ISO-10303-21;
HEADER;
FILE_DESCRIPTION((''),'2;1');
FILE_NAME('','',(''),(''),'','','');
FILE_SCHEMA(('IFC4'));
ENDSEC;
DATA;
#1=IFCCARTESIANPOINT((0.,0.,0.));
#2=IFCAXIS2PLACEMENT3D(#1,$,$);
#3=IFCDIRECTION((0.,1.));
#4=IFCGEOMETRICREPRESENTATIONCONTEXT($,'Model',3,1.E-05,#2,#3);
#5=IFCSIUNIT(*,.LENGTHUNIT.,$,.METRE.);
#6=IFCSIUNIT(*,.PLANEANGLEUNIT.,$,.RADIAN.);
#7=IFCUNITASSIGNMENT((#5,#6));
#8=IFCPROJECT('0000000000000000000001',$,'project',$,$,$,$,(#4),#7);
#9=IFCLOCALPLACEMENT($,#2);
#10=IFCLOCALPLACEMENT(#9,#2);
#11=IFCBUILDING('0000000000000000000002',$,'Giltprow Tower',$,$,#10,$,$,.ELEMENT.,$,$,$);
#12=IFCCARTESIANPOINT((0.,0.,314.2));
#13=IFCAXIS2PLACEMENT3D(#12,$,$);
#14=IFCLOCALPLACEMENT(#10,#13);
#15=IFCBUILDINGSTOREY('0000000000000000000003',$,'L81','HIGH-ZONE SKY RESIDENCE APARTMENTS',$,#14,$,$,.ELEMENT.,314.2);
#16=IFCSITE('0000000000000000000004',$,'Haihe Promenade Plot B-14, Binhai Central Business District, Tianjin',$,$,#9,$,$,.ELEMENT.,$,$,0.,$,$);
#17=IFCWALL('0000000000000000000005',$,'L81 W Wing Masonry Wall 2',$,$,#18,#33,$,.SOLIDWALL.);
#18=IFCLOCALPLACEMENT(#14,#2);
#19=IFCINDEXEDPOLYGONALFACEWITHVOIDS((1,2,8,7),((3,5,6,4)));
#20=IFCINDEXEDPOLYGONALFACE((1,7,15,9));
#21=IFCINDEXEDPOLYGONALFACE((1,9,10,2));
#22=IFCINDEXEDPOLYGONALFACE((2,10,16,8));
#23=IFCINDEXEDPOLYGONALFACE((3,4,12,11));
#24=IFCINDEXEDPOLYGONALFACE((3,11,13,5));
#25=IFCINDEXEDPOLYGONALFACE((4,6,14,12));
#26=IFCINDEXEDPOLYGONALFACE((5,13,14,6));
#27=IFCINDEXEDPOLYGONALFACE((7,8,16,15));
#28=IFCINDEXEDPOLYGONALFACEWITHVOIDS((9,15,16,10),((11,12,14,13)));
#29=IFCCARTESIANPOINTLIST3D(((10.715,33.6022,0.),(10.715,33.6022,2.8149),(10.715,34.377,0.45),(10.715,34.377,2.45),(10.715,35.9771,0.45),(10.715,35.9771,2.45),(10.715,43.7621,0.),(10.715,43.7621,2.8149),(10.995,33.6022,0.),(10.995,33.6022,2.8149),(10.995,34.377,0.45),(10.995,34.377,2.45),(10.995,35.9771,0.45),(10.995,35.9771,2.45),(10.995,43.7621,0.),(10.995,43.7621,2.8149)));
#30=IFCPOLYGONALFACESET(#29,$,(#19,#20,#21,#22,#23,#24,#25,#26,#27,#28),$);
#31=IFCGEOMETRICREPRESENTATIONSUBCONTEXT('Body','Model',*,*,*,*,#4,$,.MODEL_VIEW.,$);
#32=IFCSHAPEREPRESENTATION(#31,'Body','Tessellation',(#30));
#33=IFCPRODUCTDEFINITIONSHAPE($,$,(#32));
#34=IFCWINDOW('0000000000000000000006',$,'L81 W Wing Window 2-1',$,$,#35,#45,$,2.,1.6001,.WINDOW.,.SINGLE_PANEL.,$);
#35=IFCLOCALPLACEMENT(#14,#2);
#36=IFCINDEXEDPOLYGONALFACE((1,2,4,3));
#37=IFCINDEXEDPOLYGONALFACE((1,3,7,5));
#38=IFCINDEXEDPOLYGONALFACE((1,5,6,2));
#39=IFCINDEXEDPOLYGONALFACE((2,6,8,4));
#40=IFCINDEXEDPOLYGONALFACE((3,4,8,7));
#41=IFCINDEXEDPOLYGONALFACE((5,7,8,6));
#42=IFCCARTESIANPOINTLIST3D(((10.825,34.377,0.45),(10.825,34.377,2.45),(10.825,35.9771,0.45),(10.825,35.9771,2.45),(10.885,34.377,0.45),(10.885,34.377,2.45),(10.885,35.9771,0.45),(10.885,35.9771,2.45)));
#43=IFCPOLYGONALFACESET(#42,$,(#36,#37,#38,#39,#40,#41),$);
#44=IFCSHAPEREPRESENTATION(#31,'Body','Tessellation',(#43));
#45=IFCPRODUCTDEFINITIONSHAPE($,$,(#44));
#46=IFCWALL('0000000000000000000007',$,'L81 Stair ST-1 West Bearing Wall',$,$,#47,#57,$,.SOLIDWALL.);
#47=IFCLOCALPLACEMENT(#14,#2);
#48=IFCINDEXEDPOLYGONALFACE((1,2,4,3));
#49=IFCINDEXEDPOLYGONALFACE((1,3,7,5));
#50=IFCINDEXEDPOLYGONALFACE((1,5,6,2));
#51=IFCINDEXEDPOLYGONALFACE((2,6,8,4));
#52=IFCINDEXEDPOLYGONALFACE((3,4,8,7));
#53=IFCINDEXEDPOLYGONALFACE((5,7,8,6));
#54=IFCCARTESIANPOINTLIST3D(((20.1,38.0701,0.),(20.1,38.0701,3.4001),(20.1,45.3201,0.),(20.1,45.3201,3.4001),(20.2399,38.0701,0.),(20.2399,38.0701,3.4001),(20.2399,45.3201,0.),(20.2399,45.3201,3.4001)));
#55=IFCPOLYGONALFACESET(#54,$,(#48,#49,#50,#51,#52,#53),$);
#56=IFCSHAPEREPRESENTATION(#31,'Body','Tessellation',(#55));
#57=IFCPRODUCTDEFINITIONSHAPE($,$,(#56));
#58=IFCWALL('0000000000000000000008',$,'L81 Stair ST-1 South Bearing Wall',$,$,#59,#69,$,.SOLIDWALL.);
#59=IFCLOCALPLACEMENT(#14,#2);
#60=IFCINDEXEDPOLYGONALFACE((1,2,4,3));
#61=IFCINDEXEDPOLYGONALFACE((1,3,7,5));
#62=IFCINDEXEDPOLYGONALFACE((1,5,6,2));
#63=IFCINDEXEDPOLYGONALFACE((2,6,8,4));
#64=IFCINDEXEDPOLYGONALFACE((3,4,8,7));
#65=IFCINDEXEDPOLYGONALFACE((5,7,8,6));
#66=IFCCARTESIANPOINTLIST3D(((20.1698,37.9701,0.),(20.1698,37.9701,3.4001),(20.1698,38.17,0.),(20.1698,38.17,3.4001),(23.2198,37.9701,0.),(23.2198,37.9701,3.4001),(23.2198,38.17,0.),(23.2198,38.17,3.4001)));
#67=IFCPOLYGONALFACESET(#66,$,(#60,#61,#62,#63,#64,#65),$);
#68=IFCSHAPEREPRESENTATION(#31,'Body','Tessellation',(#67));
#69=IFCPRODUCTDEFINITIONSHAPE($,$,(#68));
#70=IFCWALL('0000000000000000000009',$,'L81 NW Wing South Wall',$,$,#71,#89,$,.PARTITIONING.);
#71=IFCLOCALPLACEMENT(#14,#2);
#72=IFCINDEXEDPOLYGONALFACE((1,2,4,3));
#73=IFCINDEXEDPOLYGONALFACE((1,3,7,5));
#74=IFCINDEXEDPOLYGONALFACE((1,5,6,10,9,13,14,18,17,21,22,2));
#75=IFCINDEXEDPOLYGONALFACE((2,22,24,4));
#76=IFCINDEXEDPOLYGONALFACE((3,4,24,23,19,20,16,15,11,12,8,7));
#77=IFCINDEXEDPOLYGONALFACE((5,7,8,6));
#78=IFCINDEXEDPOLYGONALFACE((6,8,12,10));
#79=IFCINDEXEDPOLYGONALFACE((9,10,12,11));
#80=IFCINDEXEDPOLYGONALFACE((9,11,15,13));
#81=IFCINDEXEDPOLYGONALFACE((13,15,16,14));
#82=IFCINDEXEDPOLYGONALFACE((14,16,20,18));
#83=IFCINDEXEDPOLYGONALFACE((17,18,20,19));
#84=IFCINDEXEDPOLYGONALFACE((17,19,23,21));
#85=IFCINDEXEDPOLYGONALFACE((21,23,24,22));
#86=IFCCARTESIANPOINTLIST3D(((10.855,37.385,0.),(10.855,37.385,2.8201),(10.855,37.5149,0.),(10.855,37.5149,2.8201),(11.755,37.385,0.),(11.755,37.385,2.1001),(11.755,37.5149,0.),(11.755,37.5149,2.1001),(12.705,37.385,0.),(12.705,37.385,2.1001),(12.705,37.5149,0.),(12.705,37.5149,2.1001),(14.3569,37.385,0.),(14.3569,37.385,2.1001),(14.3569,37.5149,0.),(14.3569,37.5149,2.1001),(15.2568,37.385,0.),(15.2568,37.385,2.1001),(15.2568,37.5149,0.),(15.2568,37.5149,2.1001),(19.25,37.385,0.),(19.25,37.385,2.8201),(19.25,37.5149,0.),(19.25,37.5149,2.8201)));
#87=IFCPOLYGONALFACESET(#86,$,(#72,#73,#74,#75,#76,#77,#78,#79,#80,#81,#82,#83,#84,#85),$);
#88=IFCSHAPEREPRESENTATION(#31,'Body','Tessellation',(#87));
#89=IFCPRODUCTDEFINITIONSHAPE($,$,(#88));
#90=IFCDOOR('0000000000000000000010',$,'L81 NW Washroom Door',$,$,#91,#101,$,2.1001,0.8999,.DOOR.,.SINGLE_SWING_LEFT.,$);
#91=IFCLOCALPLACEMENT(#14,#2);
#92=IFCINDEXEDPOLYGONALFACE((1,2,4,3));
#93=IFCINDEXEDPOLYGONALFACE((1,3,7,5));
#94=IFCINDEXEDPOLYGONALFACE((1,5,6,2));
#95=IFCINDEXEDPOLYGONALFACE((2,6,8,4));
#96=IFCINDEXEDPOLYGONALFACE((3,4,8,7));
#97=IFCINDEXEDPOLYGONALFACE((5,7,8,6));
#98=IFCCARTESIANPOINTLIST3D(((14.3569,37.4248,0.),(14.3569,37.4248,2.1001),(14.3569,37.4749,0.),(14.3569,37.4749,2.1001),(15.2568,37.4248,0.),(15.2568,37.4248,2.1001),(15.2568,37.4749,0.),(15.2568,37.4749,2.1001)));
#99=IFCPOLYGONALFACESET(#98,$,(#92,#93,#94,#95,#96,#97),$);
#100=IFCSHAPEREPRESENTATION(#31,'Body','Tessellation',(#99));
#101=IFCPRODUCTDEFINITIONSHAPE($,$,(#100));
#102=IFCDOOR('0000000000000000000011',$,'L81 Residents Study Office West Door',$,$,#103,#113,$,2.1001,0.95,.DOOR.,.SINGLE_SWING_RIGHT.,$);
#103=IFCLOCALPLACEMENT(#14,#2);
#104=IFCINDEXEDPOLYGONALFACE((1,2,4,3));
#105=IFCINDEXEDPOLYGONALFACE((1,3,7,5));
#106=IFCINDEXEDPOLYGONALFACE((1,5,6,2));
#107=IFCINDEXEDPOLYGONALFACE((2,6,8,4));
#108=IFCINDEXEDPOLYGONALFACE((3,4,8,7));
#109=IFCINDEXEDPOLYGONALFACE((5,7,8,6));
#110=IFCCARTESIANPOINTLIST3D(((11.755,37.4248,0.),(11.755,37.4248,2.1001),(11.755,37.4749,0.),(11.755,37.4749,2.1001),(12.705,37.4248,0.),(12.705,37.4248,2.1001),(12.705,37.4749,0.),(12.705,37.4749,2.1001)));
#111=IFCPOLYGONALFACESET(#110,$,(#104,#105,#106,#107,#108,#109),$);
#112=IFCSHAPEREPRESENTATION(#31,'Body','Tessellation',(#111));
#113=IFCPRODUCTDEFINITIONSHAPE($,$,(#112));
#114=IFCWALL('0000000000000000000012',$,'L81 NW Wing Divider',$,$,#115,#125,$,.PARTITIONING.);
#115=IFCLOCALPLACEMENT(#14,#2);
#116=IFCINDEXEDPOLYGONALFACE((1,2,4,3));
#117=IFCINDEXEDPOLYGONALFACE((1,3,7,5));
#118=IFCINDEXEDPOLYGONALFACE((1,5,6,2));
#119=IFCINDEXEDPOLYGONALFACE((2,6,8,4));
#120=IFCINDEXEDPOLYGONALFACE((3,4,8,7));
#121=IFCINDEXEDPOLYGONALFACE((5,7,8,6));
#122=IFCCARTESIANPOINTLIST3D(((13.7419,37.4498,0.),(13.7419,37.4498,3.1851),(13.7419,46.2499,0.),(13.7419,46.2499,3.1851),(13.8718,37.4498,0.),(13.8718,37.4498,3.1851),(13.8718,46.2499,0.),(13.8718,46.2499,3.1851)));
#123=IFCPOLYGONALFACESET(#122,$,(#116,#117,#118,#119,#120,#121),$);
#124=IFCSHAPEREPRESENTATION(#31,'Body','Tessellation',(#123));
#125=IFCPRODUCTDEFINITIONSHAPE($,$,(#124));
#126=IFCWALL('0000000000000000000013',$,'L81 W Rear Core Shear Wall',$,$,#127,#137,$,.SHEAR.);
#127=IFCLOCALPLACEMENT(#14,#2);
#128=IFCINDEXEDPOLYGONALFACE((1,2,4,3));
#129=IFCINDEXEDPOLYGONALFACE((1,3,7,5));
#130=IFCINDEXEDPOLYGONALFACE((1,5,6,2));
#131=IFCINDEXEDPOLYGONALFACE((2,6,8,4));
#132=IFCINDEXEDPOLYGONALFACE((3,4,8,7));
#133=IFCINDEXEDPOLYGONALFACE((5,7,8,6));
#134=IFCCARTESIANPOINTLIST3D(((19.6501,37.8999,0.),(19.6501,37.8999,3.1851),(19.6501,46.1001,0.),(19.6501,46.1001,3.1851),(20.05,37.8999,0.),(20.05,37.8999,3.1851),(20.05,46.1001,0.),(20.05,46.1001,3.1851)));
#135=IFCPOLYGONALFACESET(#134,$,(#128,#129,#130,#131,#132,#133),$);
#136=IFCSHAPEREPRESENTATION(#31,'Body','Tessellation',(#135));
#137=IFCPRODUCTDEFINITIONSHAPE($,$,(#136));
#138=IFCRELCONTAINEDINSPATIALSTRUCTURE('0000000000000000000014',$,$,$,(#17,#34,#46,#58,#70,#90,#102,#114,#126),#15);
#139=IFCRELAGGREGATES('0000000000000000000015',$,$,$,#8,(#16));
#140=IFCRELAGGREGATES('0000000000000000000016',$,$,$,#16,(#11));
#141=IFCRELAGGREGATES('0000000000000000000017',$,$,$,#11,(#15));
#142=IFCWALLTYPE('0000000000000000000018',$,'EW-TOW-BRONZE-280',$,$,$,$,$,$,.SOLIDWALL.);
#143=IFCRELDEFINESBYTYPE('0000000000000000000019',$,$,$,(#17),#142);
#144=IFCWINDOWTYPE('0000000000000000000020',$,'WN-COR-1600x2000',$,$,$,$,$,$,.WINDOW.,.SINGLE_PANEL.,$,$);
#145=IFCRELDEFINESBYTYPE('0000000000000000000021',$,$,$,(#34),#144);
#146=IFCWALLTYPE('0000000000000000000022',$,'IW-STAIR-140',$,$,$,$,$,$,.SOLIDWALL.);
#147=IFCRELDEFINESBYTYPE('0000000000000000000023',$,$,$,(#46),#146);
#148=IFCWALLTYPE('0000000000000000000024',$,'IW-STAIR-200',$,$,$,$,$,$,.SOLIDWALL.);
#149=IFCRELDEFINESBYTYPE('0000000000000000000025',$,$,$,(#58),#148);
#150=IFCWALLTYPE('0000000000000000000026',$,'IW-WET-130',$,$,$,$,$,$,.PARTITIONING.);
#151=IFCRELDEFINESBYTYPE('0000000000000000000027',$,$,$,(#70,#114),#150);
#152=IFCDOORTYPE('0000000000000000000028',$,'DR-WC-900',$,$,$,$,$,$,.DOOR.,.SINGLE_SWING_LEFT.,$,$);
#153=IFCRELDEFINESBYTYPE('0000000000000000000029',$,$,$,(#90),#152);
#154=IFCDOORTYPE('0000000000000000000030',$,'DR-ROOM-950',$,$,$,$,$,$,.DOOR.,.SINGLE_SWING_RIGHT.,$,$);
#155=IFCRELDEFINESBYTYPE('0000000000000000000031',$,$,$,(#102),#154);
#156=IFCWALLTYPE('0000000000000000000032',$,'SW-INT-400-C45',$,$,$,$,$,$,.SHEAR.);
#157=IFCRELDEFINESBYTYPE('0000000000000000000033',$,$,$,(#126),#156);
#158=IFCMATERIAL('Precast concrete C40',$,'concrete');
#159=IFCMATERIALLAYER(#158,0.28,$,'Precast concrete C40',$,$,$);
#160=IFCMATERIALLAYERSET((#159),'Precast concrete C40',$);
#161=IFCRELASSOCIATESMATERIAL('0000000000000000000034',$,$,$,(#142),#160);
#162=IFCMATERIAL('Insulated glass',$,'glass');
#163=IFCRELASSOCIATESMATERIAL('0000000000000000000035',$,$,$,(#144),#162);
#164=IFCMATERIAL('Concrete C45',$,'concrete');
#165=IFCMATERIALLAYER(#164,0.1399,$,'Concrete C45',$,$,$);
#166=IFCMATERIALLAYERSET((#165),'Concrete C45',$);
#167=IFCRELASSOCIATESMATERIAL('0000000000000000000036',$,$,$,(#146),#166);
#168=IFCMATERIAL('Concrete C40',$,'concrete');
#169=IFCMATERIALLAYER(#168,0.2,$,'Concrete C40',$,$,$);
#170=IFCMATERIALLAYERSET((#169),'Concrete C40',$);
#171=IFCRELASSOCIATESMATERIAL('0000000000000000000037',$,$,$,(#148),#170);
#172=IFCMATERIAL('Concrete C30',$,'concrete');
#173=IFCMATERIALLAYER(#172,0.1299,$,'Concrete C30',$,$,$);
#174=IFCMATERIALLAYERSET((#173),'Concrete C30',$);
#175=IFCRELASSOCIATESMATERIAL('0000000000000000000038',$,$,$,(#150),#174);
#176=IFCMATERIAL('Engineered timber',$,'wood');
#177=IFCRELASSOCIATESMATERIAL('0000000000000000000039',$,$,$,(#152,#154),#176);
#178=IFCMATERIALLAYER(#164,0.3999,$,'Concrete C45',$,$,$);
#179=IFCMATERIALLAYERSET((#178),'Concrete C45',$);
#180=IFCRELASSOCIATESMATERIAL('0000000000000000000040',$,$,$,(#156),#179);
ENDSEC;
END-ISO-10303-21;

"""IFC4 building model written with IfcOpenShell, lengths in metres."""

from ifc_helpers import new_model, si_unit, direction, frame, frame_2d, origin, place, context, subcontext, project, spatial, rectangle, extrude, source, transform, mapped, material, layer, layer_set, type_object, element, fill, save


model = new_model("IFC4")

# Units and contexts
model_context = context("Model", 3, precision=1e-05, world=origin(), true_north=direction((0.0, 1.0)))
body_context = subcontext(model_context, "Body", "Model", "MODEL_VIEW")
ifc_project = project(units=[si_unit("LENGTHUNIT", "METRE"), si_unit("PLANEANGLEUNIT", "RADIAN")], contexts=[model_context])

# Site, building, storey
site_placement = place(None, origin())
site = spatial("IfcSite", under=ifc_project, at=site_placement, Name="Haihe Promenade Plot B-14, Binhai Central Business District, Tianjin", CompositionType="ELEMENT", RefElevation=0.0)
building_placement = place(site_placement, origin())
building = spatial("IfcBuilding", under=site, at=building_placement, Name="Giltprow Tower", CompositionType="ELEMENT")
storey_placement = place(building_placement, frame((0.0, 0.0, 314.2)))
storey = spatial("IfcBuildingStorey", under=building, at=storey_placement, Name="L81", Description="HIGH-ZONE SKY RESIDENCE APARTMENTS", CompositionType="ELEMENT", Elevation=314.2)

# Shared definitions
ifc_material_1 = material(Name="Concrete C45", Category="concrete")

# Wall, opening, window
ifc_material_2 = material(Name="Precast concrete C40", Category="concrete")
ifc_layer_1 = layer(ifc_material_2, 0.28, Name="Precast concrete C40")
ifc_layer_set_1 = layer_set([ifc_layer_1], Name="Precast concrete C40")
wall_type_1 = type_object("IfcWallType", Name="EW-TOW-BRONZE-280", PredefinedType="SOLIDWALL", material=ifc_layer_set_1)
wall_1_placement = place(storey_placement, frame((10.855, 33.6021, 0.0), z_axis=(0.0, 0.0, 1.0), x_axis=(0.0, 1.0, 0.0)))
wall_1 = element("IfcWall", 1, at=wall_1_placement, inside=storey, type_object=wall_type_1, Name="L81 W Wing Masonry Wall 2", PredefinedType="SOLIDWALL", context=body_context, shape_type="SweptSolid", body=[
    extrude(rectangle(XDim=10.1599, YDim=0.28, at=frame_2d((5.0801, 0.0))), origin(), (0.0, 0.0, 1.0), 2.8149),
])
opening_1_placement = place(wall_1_placement, frame((0.7749, 0.0, 0.45)))
opening_1 = element("IfcOpeningElement", 2, at=opening_1_placement, cuts=wall_1, PredefinedType="OPENING", context=body_context, shape_type="SweptSolid", body=[
    extrude(rectangle(XDim=1.6001, YDim=2.0, at=frame_2d((0.8, 1.0))), frame((0.0, 0.1499, 0.0), z_axis=(0.0, -1.0, 0.0), x_axis=(1.0, 0.0, 0.0)), (0.0, 0.0, 1.0), 0.3),
])
ifc_material_3 = material(Name="Insulated glass", Category="glass")
window_type = type_object("IfcWindowType", Name="WN-COR-1600x2000", PartitioningType="SINGLE_PANEL", PredefinedType="WINDOW", material=ifc_material_3)
shared_shape_1 = source(origin(), body_context, "Body", "SweptSolid", [
    extrude(rectangle(XDim=1.6001, YDim=2.0, at=frame_2d((0.8, 1.0))), frame((0.0, 0.03, 0.0), z_axis=(0.0, -1.0, 0.0), x_axis=(1.0, 0.0, 0.0)), (0.0, 0.0, 1.0), 0.0601),
])
window_placement = place(opening_1_placement, origin())
window = element("IfcWindow", 3, at=window_placement, inside=storey, type_object=window_type, Name="L81 W Wing Window 2-1", OverallHeight=2.0, OverallWidth=1.6001, PartitioningType="SINGLE_PANEL", PredefinedType="WINDOW", context=body_context, shape_type="MappedRepresentation", body=[
    mapped(shared_shape_1, transform((0.0, 0.0, 0.0), x_axis=(1.0, 0.0, 0.0), y_axis=(0.0, 1.0, 0.0), z_axis=(0.0, 0.0, 1.0), scale=1.0)),
])
fill(opening_1, window)

# Walls
ifc_layer_2 = layer(ifc_material_1, 0.1399, Name="Concrete C45")
ifc_layer_set_2 = layer_set([ifc_layer_2], Name="Concrete C45")
wall_type_2 = type_object("IfcWallType", Name="IW-STAIR-140", PredefinedType="SOLIDWALL", material=ifc_layer_set_2)
wall_2_placement = place(storey_placement, frame((20.1699, 38.0701, 0.0), z_axis=(0.0, 0.0, 1.0), x_axis=(0.0, 1.0, 0.0)))
element("IfcWall", 4, at=wall_2_placement, inside=storey, type_object=wall_type_2, Name="L81 Stair ST-1 West Bearing Wall", PredefinedType="SOLIDWALL", context=body_context, shape_type="SweptSolid", body=[
    extrude(rectangle(XDim=7.25, YDim=0.1399, at=frame_2d((3.625, 0.0))), origin(), (0.0, 0.0, 1.0), 3.4001),
])
ifc_material_4 = material(Name="Concrete C40", Category="concrete")
ifc_layer_3 = layer(ifc_material_4, 0.2, Name="Concrete C40")
ifc_layer_set_3 = layer_set([ifc_layer_3], Name="Concrete C40")
wall_type_3 = type_object("IfcWallType", Name="IW-STAIR-200", PredefinedType="SOLIDWALL", material=ifc_layer_set_3)
wall_3_placement = place(storey_placement, frame((20.1699, 38.0701, 0.0), z_axis=(0.0, 0.0, 1.0), x_axis=(1.0, 0.0, 0.0)))
element("IfcWall", 5, at=wall_3_placement, inside=storey, type_object=wall_type_3, Name="L81 Stair ST-1 South Bearing Wall", PredefinedType="SOLIDWALL", context=body_context, shape_type="SweptSolid", body=[
    extrude(rectangle(XDim=3.05, YDim=0.2, at=frame_2d((1.5249, 0.0))), origin(), (0.0, 0.0, 1.0), 3.4001),
])

# Wall, openings, doors
ifc_material_5 = material(Name="Concrete C30", Category="concrete")
ifc_layer_4 = layer(ifc_material_5, 0.1299, Name="Concrete C30")
ifc_layer_set_4 = layer_set([ifc_layer_4], Name="Concrete C30")
wall_type_4 = type_object("IfcWallType", Name="IW-WET-130", PredefinedType="PARTITIONING", material=ifc_layer_set_4)
wall_4_placement = place(storey_placement, frame((10.855, 37.45, 0.0), z_axis=(0.0, 0.0, 1.0), x_axis=(1.0, 0.0, 0.0)))
wall_4 = element("IfcWall", 6, at=wall_4_placement, inside=storey, type_object=wall_type_4, Name="L81 NW Wing South Wall", PredefinedType="PARTITIONING", context=body_context, shape_type="SweptSolid", body=[
    extrude(rectangle(XDim=8.395, YDim=0.1299, at=frame_2d((4.1975, 0.0))), origin(), (0.0, 0.0, 1.0), 2.8201),
])
opening_2_placement = place(wall_4_placement, frame((0.8999, 0.0, 0.0)))
opening_2 = element("IfcOpeningElement", 7, at=opening_2_placement, cuts=wall_4, PredefinedType="OPENING", context=body_context, shape_type="SweptSolid", body=[
    extrude(rectangle(XDim=0.95, YDim=2.1001, at=frame_2d((0.4751, 1.05))), frame((0.0, 0.075, 0.0), z_axis=(0.0, -1.0, 0.0), x_axis=(1.0, 0.0, 0.0)), (0.0, 0.0, 1.0), 0.1499),
])
opening_3_placement = place(wall_4_placement, frame((3.502, 0.0, 0.0)))
opening_3 = element("IfcOpeningElement", 8, at=opening_3_placement, cuts=wall_4, PredefinedType="OPENING", context=body_context, shape_type="SweptSolid", body=[
    extrude(rectangle(XDim=0.8999, YDim=2.1001, at=frame_2d((0.45, 1.05))), frame((0.0, 0.075, 0.0), z_axis=(0.0, -1.0, 0.0), x_axis=(1.0, 0.0, 0.0)), (0.0, 0.0, 1.0), 0.1499),
])
ifc_material_6 = material(Name="Engineered timber", Category="wood")
door_type_1 = type_object("IfcDoorType", Name="DR-WC-900", OperationType="SINGLE_SWING_LEFT", PredefinedType="DOOR", material=ifc_material_6)
shared_shape_2 = source(origin(), body_context, "Body", "SweptSolid", [
    extrude(rectangle(XDim=0.8999, YDim=2.1001, at=frame_2d((0.45, 1.05))), frame((0.0, 0.0249, 0.0), z_axis=(0.0, -1.0, 0.0), x_axis=(1.0, 0.0, 0.0)), (0.0, 0.0, 1.0), 0.05),
])
door_1_placement = place(opening_3_placement, origin())
door_1 = element("IfcDoor", 9, at=door_1_placement, inside=storey, type_object=door_type_1, Name="L81 NW Washroom Door", OperationType="SINGLE_SWING_LEFT", OverallHeight=2.1001, OverallWidth=0.8999, PredefinedType="DOOR", context=body_context, shape_type="MappedRepresentation", body=[
    mapped(shared_shape_2, transform((0.0, 0.0, 0.0), x_axis=(1.0, 0.0, 0.0), y_axis=(0.0, 1.0, 0.0), z_axis=(0.0, 0.0, 1.0), scale=1.0)),
])
fill(opening_3, door_1)
door_type_2 = type_object("IfcDoorType", Name="DR-ROOM-950", OperationType="SINGLE_SWING_RIGHT", PredefinedType="DOOR", material=ifc_material_6)
shared_shape_3 = source(origin(), body_context, "Body", "SweptSolid", [
    extrude(rectangle(XDim=0.95, YDim=2.1001, at=frame_2d((0.4751, 1.05))), frame((0.0, 0.0249, 0.0), z_axis=(0.0, -1.0, 0.0), x_axis=(1.0, 0.0, 0.0)), (0.0, 0.0, 1.0), 0.05),
])
door_2_placement = place(opening_2_placement, origin())
door_2 = element("IfcDoor", 10, at=door_2_placement, inside=storey, type_object=door_type_2, Name="L81 Residents Study Office West Door", OperationType="SINGLE_SWING_RIGHT", OverallHeight=2.1001, OverallWidth=0.95, PredefinedType="DOOR", context=body_context, shape_type="MappedRepresentation", body=[
    mapped(shared_shape_3, transform((0.0, 0.0, 0.0), x_axis=(1.0, 0.0, 0.0), y_axis=(0.0, 1.0, 0.0), z_axis=(0.0, 0.0, 1.0), scale=1.0)),
])
fill(opening_2, door_2)

# Wall
wall_5_placement = place(storey_placement, frame((13.8069, 37.45, 0.0), z_axis=(0.0, 0.0, 1.0), x_axis=(0.0, 1.0, 0.0)))
element("IfcWall", 11, at=wall_5_placement, inside=storey, type_object=wall_type_4, Name="L81 NW Wing Divider", PredefinedType="PARTITIONING", context=body_context, shape_type="SweptSolid", body=[
    extrude(rectangle(XDim=8.8, YDim=0.1299, at=frame_2d((4.3999, 0.0))), origin(), (0.0, 0.0, 1.0), 3.1851),
])

# Shared definitions
ifc_layer_5 = layer(ifc_material_1, 0.3999, Name="Concrete C45")
ifc_layer_set_5 = layer_set([ifc_layer_5], Name="Concrete C45")
wall_type_5 = type_object("IfcWallType", Name="SW-INT-400-C45", PredefinedType="SHEAR", material=ifc_layer_set_5)

# Wall
wall_6_placement = place(storey_placement, frame((19.8501, 37.8999, 0.0), z_axis=(0.0, 0.0, 1.0), x_axis=(0.0, 1.0, 0.0)))
element("IfcWall", 12, at=wall_6_placement, inside=storey, type_object=wall_type_5, Name="L81 W Rear Core Shear Wall", PredefinedType="SHEAR", context=body_context, shape_type="SweptSolid", body=[
    extrude(rectangle(XDim=8.2002, YDim=0.3999, at=frame_2d((4.1001, 0.0))), origin(), (0.0, 0.0, 1.0), 3.1851),
])

save(model, "model.ifc")
